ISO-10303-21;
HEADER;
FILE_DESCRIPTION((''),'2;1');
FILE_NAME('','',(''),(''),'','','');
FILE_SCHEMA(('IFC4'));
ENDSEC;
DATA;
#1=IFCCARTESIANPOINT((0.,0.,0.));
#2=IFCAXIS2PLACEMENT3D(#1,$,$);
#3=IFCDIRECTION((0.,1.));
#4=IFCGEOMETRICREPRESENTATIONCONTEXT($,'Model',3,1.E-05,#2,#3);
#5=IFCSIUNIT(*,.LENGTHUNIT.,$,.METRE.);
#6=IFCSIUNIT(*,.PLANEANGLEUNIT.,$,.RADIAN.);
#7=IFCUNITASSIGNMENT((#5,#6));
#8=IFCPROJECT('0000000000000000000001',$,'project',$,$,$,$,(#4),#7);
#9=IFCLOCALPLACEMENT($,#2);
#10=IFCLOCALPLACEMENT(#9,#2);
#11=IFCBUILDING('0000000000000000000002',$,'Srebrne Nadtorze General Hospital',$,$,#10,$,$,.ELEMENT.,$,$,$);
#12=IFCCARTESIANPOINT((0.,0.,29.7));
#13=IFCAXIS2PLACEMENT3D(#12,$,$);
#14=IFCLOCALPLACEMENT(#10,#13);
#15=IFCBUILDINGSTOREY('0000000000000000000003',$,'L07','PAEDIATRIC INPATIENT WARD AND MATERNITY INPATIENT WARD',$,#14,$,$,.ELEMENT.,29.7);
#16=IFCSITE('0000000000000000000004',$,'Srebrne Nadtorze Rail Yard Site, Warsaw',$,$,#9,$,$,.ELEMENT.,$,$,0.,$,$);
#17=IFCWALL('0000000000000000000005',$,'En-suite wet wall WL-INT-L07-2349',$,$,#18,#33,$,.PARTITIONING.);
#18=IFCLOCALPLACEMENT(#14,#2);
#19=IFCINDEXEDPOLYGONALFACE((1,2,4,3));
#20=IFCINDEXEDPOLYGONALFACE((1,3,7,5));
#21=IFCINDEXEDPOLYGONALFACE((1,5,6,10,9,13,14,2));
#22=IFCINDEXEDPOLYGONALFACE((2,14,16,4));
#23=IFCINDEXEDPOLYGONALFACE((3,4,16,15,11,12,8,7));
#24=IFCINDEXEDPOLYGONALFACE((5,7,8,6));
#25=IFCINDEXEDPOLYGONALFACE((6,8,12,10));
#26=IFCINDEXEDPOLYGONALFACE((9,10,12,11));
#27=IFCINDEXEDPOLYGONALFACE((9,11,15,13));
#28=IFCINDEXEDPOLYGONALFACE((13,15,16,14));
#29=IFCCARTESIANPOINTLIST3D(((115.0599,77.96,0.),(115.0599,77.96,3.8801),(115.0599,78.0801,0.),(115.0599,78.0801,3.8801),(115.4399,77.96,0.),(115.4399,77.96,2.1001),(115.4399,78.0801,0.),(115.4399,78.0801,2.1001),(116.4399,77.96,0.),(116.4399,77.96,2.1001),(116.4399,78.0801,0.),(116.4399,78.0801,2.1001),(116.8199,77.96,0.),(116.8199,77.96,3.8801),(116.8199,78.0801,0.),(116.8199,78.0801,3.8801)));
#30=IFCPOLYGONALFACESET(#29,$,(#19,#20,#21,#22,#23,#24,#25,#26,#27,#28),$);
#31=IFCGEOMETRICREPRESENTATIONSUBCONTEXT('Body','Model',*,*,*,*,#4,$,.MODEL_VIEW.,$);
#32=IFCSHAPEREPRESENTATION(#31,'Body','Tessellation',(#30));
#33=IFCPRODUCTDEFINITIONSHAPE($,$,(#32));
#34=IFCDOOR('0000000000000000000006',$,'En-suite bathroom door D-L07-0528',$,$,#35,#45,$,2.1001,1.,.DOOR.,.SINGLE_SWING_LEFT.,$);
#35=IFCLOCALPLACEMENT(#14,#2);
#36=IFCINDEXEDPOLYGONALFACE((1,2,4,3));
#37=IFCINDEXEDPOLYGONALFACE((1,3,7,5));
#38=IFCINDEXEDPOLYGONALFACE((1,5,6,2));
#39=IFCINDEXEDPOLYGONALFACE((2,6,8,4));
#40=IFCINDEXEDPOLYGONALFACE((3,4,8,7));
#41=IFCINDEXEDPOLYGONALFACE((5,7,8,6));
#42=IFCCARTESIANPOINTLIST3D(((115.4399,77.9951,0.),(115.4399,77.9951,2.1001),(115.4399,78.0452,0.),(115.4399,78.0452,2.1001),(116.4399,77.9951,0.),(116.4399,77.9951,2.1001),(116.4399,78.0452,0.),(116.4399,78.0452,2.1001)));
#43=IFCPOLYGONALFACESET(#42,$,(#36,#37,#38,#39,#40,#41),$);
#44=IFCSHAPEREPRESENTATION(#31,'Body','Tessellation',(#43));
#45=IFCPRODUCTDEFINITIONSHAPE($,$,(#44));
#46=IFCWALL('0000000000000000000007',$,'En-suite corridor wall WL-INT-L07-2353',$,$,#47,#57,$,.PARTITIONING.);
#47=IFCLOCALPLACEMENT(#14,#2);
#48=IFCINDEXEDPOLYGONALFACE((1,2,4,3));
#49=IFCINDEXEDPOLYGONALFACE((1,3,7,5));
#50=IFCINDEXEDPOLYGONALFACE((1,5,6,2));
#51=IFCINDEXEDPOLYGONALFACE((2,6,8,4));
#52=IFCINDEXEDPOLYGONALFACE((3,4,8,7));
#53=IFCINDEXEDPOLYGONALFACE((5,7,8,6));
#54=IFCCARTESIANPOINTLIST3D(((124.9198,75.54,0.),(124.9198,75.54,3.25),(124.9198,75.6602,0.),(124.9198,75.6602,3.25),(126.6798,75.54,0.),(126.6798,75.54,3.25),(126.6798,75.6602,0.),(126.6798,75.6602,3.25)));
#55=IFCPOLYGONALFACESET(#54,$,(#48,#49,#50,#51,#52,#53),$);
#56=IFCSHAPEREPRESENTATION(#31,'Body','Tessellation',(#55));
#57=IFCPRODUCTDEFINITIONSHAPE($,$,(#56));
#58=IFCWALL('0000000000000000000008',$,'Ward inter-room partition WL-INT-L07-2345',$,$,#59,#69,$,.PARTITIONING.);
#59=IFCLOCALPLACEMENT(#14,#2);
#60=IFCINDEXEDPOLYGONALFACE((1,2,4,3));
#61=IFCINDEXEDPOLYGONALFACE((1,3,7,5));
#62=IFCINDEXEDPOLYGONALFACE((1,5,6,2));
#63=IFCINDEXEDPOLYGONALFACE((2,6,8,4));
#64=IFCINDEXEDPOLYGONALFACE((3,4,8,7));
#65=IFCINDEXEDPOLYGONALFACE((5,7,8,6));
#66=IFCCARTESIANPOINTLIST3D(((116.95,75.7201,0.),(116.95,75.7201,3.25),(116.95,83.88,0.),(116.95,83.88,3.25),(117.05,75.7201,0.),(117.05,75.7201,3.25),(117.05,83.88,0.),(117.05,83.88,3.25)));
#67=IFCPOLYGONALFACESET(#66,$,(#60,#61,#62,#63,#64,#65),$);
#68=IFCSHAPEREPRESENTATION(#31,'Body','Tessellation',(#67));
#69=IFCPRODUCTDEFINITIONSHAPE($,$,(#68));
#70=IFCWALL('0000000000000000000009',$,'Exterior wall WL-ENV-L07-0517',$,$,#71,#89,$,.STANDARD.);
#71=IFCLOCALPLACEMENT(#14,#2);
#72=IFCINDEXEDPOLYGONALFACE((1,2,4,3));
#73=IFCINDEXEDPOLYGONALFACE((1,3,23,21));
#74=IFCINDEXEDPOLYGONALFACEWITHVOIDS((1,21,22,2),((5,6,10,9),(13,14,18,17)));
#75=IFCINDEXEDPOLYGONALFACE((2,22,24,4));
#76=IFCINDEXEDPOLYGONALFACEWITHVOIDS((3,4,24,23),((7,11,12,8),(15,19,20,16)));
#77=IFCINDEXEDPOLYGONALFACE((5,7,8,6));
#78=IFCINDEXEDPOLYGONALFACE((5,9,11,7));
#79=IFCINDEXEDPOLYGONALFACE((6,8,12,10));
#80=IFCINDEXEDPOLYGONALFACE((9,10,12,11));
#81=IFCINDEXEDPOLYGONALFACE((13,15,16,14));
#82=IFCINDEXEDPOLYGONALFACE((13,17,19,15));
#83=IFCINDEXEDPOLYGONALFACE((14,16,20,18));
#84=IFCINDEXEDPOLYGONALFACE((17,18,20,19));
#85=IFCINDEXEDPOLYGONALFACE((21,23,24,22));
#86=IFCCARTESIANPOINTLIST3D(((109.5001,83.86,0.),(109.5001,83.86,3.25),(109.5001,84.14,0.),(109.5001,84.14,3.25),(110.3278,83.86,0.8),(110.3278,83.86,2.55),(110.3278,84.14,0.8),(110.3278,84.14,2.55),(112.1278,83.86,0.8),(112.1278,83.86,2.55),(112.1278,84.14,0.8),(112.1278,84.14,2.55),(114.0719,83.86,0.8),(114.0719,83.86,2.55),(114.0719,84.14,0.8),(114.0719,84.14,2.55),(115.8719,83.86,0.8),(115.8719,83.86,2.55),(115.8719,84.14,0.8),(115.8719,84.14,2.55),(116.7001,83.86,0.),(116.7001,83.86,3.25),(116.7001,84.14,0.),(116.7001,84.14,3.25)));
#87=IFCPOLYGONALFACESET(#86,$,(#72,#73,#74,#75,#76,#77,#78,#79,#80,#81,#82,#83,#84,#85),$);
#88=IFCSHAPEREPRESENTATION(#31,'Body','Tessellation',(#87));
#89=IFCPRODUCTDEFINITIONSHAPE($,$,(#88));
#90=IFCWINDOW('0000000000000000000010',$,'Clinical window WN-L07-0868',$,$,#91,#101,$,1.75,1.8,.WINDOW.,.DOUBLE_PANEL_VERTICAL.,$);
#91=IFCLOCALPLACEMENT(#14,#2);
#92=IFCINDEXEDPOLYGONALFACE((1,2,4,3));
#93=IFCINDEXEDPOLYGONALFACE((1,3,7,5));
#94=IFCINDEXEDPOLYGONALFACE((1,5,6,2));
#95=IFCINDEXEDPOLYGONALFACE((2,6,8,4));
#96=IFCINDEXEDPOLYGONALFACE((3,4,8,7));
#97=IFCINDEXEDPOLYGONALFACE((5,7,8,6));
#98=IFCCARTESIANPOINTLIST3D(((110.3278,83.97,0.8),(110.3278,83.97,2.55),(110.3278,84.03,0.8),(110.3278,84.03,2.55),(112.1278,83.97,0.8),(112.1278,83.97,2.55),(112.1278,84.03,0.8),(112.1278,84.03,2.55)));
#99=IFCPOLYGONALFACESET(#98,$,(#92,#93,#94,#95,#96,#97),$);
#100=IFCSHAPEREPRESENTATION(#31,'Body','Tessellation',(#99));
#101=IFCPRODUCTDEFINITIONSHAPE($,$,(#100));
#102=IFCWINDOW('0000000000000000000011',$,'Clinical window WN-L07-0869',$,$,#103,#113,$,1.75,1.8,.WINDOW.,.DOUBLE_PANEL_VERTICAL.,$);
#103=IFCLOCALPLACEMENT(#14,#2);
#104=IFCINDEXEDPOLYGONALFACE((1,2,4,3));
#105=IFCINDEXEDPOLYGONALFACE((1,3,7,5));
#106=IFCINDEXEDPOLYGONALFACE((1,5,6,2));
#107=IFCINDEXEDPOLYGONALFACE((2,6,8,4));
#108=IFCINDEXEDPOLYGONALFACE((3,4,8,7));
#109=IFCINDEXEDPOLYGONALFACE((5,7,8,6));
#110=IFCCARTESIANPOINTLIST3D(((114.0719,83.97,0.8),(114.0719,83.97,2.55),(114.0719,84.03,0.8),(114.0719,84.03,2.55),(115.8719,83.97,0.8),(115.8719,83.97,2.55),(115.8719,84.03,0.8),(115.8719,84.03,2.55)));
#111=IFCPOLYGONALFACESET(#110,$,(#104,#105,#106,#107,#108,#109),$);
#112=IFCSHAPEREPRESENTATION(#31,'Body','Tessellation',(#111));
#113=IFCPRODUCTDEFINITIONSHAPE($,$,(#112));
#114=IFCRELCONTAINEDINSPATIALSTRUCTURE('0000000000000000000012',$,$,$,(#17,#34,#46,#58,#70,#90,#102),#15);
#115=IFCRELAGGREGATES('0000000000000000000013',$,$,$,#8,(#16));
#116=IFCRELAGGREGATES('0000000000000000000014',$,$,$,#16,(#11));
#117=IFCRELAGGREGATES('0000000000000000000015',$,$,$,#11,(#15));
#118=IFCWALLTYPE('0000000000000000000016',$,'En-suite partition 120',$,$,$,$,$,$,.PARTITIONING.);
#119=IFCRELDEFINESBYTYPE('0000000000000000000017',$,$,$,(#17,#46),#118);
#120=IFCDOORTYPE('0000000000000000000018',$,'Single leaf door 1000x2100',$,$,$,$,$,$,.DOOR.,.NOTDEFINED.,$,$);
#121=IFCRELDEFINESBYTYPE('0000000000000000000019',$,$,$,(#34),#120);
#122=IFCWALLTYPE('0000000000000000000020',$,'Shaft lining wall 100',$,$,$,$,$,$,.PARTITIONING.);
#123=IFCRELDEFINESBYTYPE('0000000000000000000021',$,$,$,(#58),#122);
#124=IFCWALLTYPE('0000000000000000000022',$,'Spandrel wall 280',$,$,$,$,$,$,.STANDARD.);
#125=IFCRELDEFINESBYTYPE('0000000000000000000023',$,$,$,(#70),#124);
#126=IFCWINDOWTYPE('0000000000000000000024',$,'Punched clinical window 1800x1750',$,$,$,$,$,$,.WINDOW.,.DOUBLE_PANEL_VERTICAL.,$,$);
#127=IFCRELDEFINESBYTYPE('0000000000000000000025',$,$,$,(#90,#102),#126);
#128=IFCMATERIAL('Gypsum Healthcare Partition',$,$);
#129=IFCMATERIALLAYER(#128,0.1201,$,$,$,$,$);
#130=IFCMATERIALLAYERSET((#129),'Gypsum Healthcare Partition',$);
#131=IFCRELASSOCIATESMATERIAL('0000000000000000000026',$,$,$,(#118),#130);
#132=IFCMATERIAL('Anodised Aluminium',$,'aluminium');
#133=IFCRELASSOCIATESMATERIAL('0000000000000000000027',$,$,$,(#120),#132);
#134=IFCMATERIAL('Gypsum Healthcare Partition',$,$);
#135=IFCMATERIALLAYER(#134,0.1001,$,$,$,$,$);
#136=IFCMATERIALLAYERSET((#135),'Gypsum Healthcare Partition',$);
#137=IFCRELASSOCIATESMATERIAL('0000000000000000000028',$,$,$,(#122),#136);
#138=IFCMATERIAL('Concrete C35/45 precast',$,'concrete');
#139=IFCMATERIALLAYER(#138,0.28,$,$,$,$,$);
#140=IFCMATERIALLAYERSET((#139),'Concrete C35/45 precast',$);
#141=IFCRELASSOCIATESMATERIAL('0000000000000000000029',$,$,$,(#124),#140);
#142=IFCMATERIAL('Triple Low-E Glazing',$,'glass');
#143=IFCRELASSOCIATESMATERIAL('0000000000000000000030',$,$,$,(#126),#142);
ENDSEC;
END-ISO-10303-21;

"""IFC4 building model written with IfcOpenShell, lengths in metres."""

from ifc_helpers import new_model, si_unit, direction, frame, frame_2d, origin, place, context, subcontext, project, spatial, rectangle, extrude, material, layer, layer_set, type_object, element, fill, save


model = new_model("IFC4")

# Units and contexts
model_context = context("Model", 3, precision=1e-05, world=origin(), true_north=direction((0.0, 1.0)))
body_context = subcontext(model_context, "Body", "Model", "MODEL_VIEW")
ifc_project = project(units=[si_unit("LENGTHUNIT", "METRE"), si_unit("PLANEANGLEUNIT", "RADIAN")], contexts=[model_context])

# Site, building, storey
site_placement = place(None, origin())
site = spatial("IfcSite", under=ifc_project, at=site_placement, Name="Srebrne Nadtorze Rail Yard Site, Warsaw", CompositionType="ELEMENT", RefElevation=0.0)
building_placement = place(site_placement, origin())
building = spatial("IfcBuilding", under=site, at=building_placement, Name="Srebrne Nadtorze General Hospital", CompositionType="ELEMENT")
storey_placement = place(building_placement, frame((0.0, 0.0, 29.7)))
storey = spatial("IfcBuildingStorey", under=building, at=storey_placement, Name="L07", Description="PAEDIATRIC INPATIENT WARD AND MATERNITY INPATIENT WARD", CompositionType="ELEMENT", Elevation=29.7)

# Shared definitions
ifc_material_1 = material(Name="Gypsum Healthcare Partition")
ifc_layer_1 = layer(ifc_material_1, 0.1201)
ifc_layer_set_1 = layer_set([ifc_layer_1], Name="Gypsum Healthcare Partition")
wall_type_1 = type_object("IfcWallType", Name="En-suite partition 120", PredefinedType="PARTITIONING", material=ifc_layer_set_1)

# Wall, opening, door
wall_1_placement = place(storey_placement, frame((115.0601, 78.02, 0.0), z_axis=(0.0, 0.0, 1.0), x_axis=(1.0, 0.0, 0.0)))
wall_1 = element("IfcWall", 1, at=wall_1_placement, inside=storey, type_object=wall_type_1, Name="En-suite wet wall WL-INT-L07-2349", PredefinedType="PARTITIONING", context=body_context, shape_type="SweptSolid", body=[
    extrude(rectangle(XDim=1.76, YDim=0.1201, at=frame_2d((0.8799, 0.0))), origin(), (0.0, 0.0, 1.0), 3.8801),
])
opening_1_placement = place(wall_1_placement, frame((0.3799, 0.0, 0.0)))
opening_1 = element("IfcOpeningElement", 2, at=opening_1_placement, cuts=wall_1, PredefinedType="OPENING", context=body_context, shape_type="SweptSolid", body=[
    extrude(rectangle(XDim=1.0, YDim=2.1001, at=frame_2d((0.5, 1.05))), frame((0.0, 0.072, 0.0), z_axis=(0.0, -1.0, 0.0), x_axis=(1.0, 0.0, 0.0)), (0.0, 0.0, 1.0), 0.144),
])
ifc_material_2 = material(Name="Anodised Aluminium", Category="aluminium")
door_type_1 = type_object("IfcDoorType", Name="Single leaf door 1000x2100", OperationType="NOTDEFINED", PredefinedType="DOOR", material=ifc_material_2)
door_1_placement = place(opening_1_placement, frame((1.0, 0.0, 0.0), z_axis=(0.0, 0.0, 1.0), x_axis=(-1.0, 0.0, 0.0)))
door_1 = element("IfcDoor", 3, at=door_1_placement, inside=storey, type_object=door_type_1, Name="En-suite bathroom door D-L07-0528", OperationType="SINGLE_SWING_LEFT", OverallHeight=2.1001, OverallWidth=1.0, PredefinedType="DOOR", context=body_context, shape_type="SweptSolid", body=[
    extrude(rectangle(XDim=1.0, YDim=2.1001, at=frame_2d((0.5, 1.05))), frame((0.0, 0.0249, 0.0), z_axis=(0.0, -1.0, 0.0), x_axis=(1.0, 0.0, 0.0)), (0.0, 0.0, 1.0), 0.05),
])
fill(opening_1, door_1)

# Walls
wall_2_placement = place(storey_placement, frame((124.9199, 75.6001, 0.0), z_axis=(0.0, 0.0, 1.0), x_axis=(1.0, 0.0, 0.0)))
element("IfcWall", 4, at=wall_2_placement, inside=storey, type_object=wall_type_1, Name="En-suite corridor wall WL-INT-L07-2353", PredefinedType="PARTITIONING", context=body_context, shape_type="SweptSolid", body=[
    extrude(rectangle(XDim=1.76, YDim=0.1201, at=frame_2d((0.8799, 0.0))), origin(), (0.0, 0.0, 1.0), 3.25),
])
ifc_material_3 = material(Name="Gypsum Healthcare Partition")
ifc_layer_2 = layer(ifc_material_3, 0.1001)
ifc_layer_set_2 = layer_set([ifc_layer_2], Name="Gypsum Healthcare Partition")
wall_type_2 = type_object("IfcWallType", Name="Shaft lining wall 100", PredefinedType="PARTITIONING", material=ifc_layer_set_2)
wall_3_placement = place(storey_placement, frame((117.0, 75.72, 0.0), z_axis=(0.0, 0.0, 1.0), x_axis=(0.0, 1.0, 0.0)))
element("IfcWall", 5, at=wall_3_placement, inside=storey, type_object=wall_type_2, Name="Ward inter-room partition WL-INT-L07-2345", PredefinedType="PARTITIONING", context=body_context, shape_type="SweptSolid", body=[
    extrude(rectangle(XDim=8.1599, YDim=0.1001, at=frame_2d((4.0801, 0.0))), origin(), (0.0, 0.0, 1.0), 3.25),
])

# Wall, openings, windows
ifc_material_4 = material(Name="Concrete C35/45 precast", Category="concrete")
ifc_layer_3 = layer(ifc_material_4, 0.28)
ifc_layer_set_3 = layer_set([ifc_layer_3], Name="Concrete C35/45 precast")
wall_type_3 = type_object("IfcWallType", Name="Spandrel wall 280", PredefinedType="STANDARD", material=ifc_layer_set_3)
wall_4_placement = place(storey_placement, frame((109.5, 84.0, 0.0), z_axis=(0.0, 0.0, 1.0), x_axis=(1.0, 0.0, 0.0)))
wall_4 = element("IfcWall", 6, at=wall_4_placement, inside=storey, type_object=wall_type_3, Name="Exterior wall WL-ENV-L07-0517", PredefinedType="STANDARD", context=body_context, shape_type="SweptSolid", body=[
    extrude(rectangle(XDim=7.2, YDim=0.28, at=frame_2d((3.6001, 0.0))), origin(), (0.0, 0.0, 1.0), 3.25),
])
opening_2_placement = place(wall_4_placement, frame((0.8279, 0.0, 0.8)))
opening_2 = element("IfcOpeningElement", 7, at=opening_2_placement, cuts=wall_4, PredefinedType="OPENING", context=body_context, shape_type="SweptSolid", body=[
    extrude(rectangle(XDim=1.8, YDim=1.75, at=frame_2d((0.8999, 0.875))), frame((0.0, 0.1519, 0.0), z_axis=(0.0, -1.0, 0.0), x_axis=(1.0, 0.0, 0.0)), (0.0, 0.0, 1.0), 0.304),
])
opening_3_placement = place(wall_4_placement, frame((4.572, 0.0, 0.8)))
opening_3 = element("IfcOpeningElement", 8, at=opening_3_placement, cuts=wall_4, PredefinedType="OPENING", context=body_context, shape_type="SweptSolid", body=[
    extrude(rectangle(XDim=1.8, YDim=1.75, at=frame_2d((0.8999, 0.875))), frame((0.0, 0.1519, 0.0), z_axis=(0.0, -1.0, 0.0), x_axis=(1.0, 0.0, 0.0)), (0.0, 0.0, 1.0), 0.304),
])
ifc_material_5 = material(Name="Triple Low-E Glazing", Category="glass")
window_type = type_object("IfcWindowType", Name="Punched clinical window 1800x1750", PartitioningType="DOUBLE_PANEL_VERTICAL", PredefinedType="WINDOW", material=ifc_material_5)
window_1_placement = place(opening_2_placement, origin())
window_1 = element("IfcWindow", 9, at=window_1_placement, inside=storey, type_object=window_type, Name="Clinical window WN-L07-0868", OverallHeight=1.75, OverallWidth=1.8, PartitioningType="DOUBLE_PANEL_VERTICAL", PredefinedType="WINDOW", context=body_context, shape_type="SweptSolid", body=[
    extrude(rectangle(XDim=1.8, YDim=1.75, at=frame_2d((0.8999, 0.875))), frame((0.0, 0.03, 0.0), z_axis=(0.0, -1.0, 0.0), x_axis=(1.0, 0.0, 0.0)), (0.0, 0.0, 1.0), 0.0601),
])
fill(opening_2, window_1)
window_2_placement = place(opening_3_placement, origin())
window_2 = element("IfcWindow", 10, at=window_2_placement, inside=storey, type_object=window_type, Name="Clinical window WN-L07-0869", OverallHeight=1.75, OverallWidth=1.8, PartitioningType="DOUBLE_PANEL_VERTICAL", PredefinedType="WINDOW", context=body_context, shape_type="SweptSolid", body=[
    extrude(rectangle(XDim=1.8, YDim=1.75, at=frame_2d((0.8999, 0.875))), frame((0.0, 0.03, 0.0), z_axis=(0.0, -1.0, 0.0), x_axis=(1.0, 0.0, 0.0)), (0.0, 0.0, 1.0), 0.0601),
])
fill(opening_3, window_2)

save(model, "model.ifc")
